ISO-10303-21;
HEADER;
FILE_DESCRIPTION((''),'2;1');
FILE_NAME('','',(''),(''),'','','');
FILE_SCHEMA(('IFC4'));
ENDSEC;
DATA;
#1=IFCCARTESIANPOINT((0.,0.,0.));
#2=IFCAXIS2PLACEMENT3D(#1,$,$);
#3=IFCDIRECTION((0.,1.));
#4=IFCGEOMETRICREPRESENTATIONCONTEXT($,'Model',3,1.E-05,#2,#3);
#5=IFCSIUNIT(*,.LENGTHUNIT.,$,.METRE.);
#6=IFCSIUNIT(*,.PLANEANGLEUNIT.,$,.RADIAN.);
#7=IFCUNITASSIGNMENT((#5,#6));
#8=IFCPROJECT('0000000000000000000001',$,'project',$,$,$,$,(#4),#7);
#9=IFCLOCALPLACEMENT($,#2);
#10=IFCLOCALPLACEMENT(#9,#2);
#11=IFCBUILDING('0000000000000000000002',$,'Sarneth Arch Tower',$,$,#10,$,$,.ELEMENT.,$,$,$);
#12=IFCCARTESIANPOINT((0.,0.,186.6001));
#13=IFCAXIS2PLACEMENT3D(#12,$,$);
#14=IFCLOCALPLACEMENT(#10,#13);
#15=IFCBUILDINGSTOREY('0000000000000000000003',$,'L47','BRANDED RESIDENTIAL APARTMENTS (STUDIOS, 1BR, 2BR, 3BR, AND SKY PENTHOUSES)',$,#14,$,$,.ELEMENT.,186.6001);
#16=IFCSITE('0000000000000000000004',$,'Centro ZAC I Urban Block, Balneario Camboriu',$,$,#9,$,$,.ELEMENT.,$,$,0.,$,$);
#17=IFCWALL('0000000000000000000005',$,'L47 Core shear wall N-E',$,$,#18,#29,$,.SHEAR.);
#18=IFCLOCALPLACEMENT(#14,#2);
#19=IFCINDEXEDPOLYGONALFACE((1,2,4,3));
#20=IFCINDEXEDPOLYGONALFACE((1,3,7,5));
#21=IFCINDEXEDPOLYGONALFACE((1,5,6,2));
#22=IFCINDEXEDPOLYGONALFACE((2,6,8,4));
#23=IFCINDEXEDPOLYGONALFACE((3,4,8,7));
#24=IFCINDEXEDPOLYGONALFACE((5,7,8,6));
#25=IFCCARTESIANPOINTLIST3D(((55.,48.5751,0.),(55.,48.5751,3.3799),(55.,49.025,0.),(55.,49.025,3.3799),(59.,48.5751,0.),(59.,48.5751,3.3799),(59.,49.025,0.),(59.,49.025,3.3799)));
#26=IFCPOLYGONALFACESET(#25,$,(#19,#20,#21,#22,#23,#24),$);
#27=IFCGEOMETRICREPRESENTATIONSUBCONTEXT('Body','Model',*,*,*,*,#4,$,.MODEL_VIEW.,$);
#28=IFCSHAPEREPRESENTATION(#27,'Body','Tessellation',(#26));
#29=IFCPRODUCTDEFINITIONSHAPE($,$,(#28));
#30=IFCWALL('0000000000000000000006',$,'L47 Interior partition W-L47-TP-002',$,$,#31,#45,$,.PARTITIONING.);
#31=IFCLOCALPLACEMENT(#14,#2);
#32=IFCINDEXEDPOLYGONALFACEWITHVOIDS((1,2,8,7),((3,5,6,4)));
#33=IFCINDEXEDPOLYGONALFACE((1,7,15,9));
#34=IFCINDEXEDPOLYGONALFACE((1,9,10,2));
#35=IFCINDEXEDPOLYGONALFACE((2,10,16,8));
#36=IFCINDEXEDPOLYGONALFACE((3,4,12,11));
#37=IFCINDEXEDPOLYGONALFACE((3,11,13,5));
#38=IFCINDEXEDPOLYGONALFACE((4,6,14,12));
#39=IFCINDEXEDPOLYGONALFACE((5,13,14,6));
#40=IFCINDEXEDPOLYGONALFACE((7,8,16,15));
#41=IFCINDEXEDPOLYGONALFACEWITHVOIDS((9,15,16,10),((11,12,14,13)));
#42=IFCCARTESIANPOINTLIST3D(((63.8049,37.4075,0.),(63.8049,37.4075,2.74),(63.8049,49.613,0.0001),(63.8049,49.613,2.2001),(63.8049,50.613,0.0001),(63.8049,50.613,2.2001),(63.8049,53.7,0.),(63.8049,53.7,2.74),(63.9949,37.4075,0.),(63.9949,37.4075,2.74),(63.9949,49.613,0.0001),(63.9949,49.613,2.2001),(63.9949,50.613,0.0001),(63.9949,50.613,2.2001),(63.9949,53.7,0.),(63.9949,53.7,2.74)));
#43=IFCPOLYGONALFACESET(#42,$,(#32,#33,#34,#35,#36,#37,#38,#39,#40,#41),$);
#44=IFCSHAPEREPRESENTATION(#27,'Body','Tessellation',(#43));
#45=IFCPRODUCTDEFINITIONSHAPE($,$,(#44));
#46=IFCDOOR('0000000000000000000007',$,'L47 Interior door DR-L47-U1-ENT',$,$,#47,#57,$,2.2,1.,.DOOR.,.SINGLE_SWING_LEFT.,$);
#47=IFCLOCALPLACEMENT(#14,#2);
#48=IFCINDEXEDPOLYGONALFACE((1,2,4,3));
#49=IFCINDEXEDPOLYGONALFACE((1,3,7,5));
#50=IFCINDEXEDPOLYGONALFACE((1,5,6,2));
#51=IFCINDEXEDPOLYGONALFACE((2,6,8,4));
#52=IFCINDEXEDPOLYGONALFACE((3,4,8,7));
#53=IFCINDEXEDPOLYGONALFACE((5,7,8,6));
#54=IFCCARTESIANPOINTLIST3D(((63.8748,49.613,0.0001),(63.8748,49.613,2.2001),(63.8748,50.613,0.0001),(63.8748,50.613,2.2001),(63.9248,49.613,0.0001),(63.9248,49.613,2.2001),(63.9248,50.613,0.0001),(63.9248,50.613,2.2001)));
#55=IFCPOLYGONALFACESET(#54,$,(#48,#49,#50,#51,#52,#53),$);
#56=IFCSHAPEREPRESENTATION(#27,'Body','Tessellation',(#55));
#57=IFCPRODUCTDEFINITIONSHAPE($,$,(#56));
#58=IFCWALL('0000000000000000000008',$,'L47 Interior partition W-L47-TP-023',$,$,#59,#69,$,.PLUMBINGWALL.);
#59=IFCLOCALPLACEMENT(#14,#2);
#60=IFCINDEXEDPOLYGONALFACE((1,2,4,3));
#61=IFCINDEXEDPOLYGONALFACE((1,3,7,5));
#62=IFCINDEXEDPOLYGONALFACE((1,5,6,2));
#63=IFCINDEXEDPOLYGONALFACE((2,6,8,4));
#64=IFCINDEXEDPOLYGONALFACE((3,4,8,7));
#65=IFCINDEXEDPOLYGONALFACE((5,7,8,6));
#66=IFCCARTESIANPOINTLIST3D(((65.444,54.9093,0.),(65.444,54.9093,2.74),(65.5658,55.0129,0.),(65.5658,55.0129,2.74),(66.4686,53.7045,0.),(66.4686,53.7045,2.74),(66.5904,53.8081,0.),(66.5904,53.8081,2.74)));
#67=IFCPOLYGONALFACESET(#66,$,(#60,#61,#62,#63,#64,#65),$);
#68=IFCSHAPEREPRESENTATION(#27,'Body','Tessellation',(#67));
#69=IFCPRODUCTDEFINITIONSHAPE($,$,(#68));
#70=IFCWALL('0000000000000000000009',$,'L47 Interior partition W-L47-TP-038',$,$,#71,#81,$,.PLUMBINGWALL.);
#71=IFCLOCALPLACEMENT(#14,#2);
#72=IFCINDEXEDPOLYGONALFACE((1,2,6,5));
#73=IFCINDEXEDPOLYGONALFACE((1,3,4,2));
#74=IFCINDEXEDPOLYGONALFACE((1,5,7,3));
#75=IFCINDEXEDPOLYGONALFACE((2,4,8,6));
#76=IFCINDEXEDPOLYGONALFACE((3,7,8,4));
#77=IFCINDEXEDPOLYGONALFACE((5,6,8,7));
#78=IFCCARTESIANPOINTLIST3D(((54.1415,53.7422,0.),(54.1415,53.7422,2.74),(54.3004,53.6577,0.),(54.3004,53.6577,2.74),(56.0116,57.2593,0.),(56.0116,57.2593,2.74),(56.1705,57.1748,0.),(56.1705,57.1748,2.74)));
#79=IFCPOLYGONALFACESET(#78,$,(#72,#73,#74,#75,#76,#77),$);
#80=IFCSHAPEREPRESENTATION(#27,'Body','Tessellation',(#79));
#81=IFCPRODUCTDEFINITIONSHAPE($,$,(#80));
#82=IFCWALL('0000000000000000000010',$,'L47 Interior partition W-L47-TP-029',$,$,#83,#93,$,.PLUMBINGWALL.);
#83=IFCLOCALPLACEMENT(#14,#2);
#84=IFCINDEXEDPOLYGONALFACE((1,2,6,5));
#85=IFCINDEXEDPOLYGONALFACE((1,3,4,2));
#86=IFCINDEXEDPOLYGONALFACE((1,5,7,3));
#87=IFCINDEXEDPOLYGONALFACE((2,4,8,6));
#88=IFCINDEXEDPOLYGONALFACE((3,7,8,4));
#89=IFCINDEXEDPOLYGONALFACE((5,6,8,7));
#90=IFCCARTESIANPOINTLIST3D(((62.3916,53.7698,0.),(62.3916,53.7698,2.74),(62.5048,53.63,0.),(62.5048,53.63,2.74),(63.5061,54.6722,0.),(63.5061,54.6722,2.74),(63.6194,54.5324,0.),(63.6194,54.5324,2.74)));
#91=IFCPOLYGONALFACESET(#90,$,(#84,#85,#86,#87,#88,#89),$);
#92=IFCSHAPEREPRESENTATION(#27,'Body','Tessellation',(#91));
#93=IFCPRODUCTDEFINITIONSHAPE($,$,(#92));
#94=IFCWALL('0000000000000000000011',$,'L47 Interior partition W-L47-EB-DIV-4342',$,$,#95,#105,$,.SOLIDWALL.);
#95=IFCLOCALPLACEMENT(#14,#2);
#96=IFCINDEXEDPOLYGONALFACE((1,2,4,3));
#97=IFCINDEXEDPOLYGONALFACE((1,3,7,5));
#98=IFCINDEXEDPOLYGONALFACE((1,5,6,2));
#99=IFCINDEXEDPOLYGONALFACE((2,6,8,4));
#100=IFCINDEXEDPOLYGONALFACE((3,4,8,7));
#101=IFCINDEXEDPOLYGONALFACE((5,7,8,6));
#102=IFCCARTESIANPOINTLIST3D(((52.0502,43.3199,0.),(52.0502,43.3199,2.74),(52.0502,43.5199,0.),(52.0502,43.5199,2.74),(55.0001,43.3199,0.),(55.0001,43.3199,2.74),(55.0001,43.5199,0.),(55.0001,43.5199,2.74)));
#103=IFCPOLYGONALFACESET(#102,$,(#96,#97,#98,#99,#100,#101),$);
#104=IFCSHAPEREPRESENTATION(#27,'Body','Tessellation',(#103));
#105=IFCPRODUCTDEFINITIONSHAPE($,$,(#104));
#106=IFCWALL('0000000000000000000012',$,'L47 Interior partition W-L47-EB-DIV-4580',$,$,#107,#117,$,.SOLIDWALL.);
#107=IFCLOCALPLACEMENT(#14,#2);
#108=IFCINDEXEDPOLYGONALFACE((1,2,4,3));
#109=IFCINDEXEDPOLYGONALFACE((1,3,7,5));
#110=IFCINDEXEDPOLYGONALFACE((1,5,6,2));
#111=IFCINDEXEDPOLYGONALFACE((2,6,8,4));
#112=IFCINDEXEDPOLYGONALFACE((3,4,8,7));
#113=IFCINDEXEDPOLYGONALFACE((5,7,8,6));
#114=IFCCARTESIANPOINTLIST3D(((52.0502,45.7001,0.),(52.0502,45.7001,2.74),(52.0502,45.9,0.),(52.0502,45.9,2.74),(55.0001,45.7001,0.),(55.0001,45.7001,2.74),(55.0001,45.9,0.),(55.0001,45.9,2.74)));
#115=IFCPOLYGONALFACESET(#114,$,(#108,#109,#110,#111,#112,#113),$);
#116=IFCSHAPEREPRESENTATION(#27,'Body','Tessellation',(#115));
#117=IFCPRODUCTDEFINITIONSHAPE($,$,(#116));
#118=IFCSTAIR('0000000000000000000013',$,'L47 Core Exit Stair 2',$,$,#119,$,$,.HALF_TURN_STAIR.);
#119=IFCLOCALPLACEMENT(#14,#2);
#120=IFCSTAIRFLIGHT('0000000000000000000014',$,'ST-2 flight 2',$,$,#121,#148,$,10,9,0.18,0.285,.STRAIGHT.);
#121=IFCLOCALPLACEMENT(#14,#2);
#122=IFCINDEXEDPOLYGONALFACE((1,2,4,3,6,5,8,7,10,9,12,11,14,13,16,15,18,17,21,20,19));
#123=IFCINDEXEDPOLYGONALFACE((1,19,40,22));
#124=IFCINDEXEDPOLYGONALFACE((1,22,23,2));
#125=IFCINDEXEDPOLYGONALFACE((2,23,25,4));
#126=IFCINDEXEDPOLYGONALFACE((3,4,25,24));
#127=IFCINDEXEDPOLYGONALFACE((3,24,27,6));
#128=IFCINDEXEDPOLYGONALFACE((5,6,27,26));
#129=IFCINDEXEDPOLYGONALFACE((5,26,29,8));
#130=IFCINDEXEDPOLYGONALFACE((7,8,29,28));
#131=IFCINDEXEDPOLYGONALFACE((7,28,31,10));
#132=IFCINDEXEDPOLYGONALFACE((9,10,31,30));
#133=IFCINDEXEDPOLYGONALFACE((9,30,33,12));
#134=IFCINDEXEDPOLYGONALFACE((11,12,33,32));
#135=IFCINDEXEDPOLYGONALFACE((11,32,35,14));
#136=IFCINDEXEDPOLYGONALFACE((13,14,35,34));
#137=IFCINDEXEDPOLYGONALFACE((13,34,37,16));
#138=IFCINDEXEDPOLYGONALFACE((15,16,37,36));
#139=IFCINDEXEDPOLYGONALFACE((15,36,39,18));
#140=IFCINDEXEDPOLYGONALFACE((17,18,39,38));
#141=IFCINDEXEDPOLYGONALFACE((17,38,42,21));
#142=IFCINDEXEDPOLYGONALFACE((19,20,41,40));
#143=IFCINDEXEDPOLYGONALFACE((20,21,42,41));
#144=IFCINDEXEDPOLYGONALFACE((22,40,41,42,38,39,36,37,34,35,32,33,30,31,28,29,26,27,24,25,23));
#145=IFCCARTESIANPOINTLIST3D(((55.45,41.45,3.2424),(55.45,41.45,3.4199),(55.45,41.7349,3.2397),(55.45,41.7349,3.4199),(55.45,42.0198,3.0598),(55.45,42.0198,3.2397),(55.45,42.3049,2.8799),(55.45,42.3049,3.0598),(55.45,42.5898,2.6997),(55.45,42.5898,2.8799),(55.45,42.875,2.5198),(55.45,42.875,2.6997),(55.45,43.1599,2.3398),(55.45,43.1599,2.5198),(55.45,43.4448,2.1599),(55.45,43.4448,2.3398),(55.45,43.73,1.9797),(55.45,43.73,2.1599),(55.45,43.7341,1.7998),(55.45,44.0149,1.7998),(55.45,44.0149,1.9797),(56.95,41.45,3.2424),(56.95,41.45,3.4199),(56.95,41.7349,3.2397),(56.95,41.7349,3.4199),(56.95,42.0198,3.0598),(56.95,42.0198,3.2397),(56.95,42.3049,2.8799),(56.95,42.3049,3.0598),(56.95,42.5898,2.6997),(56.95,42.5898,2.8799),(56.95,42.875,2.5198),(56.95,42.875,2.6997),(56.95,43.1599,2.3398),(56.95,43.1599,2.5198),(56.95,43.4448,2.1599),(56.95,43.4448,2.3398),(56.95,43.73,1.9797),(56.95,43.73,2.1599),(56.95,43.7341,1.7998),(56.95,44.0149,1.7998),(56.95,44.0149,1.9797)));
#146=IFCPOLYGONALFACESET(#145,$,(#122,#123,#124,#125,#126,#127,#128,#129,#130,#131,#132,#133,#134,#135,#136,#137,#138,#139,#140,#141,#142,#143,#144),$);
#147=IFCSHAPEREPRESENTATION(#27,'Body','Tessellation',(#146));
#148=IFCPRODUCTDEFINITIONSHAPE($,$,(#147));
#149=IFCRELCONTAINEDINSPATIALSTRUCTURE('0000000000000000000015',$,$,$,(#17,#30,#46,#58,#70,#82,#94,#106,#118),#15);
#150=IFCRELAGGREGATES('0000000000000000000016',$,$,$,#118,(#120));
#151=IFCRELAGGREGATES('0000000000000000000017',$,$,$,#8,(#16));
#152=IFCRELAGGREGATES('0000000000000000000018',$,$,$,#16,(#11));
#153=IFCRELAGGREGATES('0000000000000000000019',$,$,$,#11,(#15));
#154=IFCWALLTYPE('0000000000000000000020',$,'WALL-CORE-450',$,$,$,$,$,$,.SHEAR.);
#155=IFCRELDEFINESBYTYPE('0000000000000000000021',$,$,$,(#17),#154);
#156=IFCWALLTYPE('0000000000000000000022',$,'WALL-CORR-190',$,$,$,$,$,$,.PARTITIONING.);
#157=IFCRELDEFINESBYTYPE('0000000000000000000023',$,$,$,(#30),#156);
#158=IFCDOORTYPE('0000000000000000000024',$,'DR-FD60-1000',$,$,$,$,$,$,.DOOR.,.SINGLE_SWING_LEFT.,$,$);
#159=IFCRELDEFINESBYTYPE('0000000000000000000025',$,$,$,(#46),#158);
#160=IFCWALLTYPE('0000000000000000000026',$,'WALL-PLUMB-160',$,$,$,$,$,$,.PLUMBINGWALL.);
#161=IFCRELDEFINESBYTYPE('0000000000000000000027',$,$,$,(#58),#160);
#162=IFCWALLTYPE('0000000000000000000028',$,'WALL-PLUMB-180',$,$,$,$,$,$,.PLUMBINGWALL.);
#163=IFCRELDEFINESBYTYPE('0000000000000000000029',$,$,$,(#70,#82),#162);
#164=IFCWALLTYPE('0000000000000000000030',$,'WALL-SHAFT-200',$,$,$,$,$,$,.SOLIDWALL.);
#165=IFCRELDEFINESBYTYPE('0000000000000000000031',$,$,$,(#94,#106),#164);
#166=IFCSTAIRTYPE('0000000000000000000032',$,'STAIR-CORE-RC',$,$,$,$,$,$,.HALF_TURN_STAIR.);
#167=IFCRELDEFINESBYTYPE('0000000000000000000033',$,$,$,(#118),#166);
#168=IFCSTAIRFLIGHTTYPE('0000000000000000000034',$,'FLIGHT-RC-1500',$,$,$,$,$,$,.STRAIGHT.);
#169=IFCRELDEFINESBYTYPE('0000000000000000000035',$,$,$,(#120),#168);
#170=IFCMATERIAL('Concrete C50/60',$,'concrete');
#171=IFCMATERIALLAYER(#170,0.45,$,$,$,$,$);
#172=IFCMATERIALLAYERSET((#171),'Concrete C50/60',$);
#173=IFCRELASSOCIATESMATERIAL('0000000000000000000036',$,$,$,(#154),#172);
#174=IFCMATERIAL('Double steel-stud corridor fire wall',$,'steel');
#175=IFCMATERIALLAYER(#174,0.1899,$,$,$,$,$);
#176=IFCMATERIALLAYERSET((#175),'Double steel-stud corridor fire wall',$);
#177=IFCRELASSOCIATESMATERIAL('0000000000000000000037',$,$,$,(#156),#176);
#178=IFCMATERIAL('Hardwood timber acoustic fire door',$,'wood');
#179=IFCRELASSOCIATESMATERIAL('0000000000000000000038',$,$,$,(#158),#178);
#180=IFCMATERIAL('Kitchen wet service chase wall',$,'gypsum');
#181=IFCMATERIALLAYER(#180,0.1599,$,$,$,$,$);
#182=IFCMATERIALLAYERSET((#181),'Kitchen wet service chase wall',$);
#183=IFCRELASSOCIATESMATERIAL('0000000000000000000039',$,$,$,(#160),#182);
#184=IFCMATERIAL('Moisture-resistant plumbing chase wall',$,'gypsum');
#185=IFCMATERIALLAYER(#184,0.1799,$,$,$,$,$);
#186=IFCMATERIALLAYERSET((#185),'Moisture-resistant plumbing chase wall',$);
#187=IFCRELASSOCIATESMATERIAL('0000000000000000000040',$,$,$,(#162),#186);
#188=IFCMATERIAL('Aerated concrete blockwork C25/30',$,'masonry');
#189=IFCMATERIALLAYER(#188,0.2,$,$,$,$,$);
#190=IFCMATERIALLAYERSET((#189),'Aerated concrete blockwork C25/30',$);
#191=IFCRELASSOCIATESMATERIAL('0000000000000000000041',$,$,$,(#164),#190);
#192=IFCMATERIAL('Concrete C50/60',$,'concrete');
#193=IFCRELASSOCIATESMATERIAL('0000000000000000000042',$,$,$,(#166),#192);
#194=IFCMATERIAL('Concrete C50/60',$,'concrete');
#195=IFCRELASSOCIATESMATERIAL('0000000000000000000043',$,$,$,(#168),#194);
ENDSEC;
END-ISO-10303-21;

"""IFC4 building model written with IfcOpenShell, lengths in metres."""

from ifc_helpers import new_model, si_unit, direction, frame, frame_2d, origin, place, context, subcontext, project, spatial, polyline, rectangle, outline, extrude, material, layer, layer_set, type_object, element, fill, aggregate, save


model = new_model("IFC4")

# Units and contexts
model_context = context("Model", 3, precision=1e-05, world=origin(), true_north=direction((0.0, 1.0)))
body_context = subcontext(model_context, "Body", "Model", "MODEL_VIEW")
ifc_project = project(units=[si_unit("LENGTHUNIT", "METRE"), si_unit("PLANEANGLEUNIT", "RADIAN")], contexts=[model_context])

# Site, building, storey
site_placement = place(None, origin())
site = spatial("IfcSite", under=ifc_project, at=site_placement, Name="Centro ZAC I Urban Block, Balneario Camboriu", CompositionType="ELEMENT", RefElevation=0.0)
building_placement = place(site_placement, origin())
building = spatial("IfcBuilding", under=site, at=building_placement, Name="Sarneth Arch Tower", CompositionType="ELEMENT")
storey_placement = place(building_placement, frame((0.0, 0.0, 186.6001)))
storey = spatial("IfcBuildingStorey", under=building, at=storey_placement, Name="L47", Description="BRANDED RESIDENTIAL APARTMENTS (STUDIOS, 1BR, 2BR, 3BR, AND SKY PENTHOUSES)", CompositionType="ELEMENT", Elevation=186.6001)

# Wall
ifc_material_1 = material(Name="Concrete C50/60", Category="concrete")
ifc_layer_1 = layer(ifc_material_1, 0.45)
ifc_layer_set_1 = layer_set([ifc_layer_1], Name="Concrete C50/60")
wall_type_1 = type_object("IfcWallType", Name="WALL-CORE-450", PredefinedType="SHEAR", material=ifc_layer_set_1)
wall_1_placement = place(storey_placement, frame((55.0, 48.8, 0.0), z_axis=(0.0, 0.0, 1.0), x_axis=(1.0, 0.0, 0.0)))
element("IfcWall", 1, at=wall_1_placement, inside=storey, type_object=wall_type_1, Name="L47 Core shear wall N-E", PredefinedType="SHEAR", context=body_context, shape_type="SweptSolid", body=[
    extrude(rectangle(XDim=4.0, YDim=0.45, at=frame_2d((2.0, 0.0))), origin(), (0.0, 0.0, 1.0), 3.3799),
])

# Wall, opening, door
ifc_material_2 = material(Name="Double steel-stud corridor fire wall", Category="steel")
ifc_layer_2 = layer(ifc_material_2, 0.1899)
ifc_layer_set_2 = layer_set([ifc_layer_2], Name="Double steel-stud corridor fire wall")
wall_type_2 = type_object("IfcWallType", Name="WALL-CORR-190", PredefinedType="PARTITIONING", material=ifc_layer_set_2)
wall_2_placement = place(storey_placement, frame((63.8999, 53.7, 0.0), z_axis=(0.0, 0.0, 1.0), x_axis=(0.0, -1.0, 0.0)))
wall_2 = element("IfcWall", 2, at=wall_2_placement, inside=storey, type_object=wall_type_2, Name="L47 Interior partition W-L47-TP-002", PredefinedType="PARTITIONING", context=body_context, shape_type="SweptSolid", body=[
    extrude(rectangle(XDim=16.2925, YDim=0.1899, at=frame_2d((8.1462, 0.0))), origin(), (0.0, 0.0, 1.0), 2.74),
])
opening_placement = place(wall_2_placement, frame((3.0869, 0.0, 0.0)))
opening = element("IfcOpeningElement", 3, at=opening_placement, cuts=wall_2, PredefinedType="OPENING", context=body_context, shape_type="SweptSolid", body=[
    extrude(rectangle(XDim=1.0, YDim=2.2, at=frame_2d((0.5, 1.1001))), frame((0.0, 0.105, 0.0), z_axis=(0.0, -1.0, 0.0), x_axis=(1.0, 0.0, 0.0)), (0.0, 0.0, 1.0), 0.21),
])
ifc_material_3 = material(Name="Hardwood timber acoustic fire door", Category="wood")
door_type = type_object("IfcDoorType", Name="DR-FD60-1000", OperationType="SINGLE_SWING_LEFT", PredefinedType="DOOR", material=ifc_material_3)
door_placement = place(opening_placement, origin())
door = element("IfcDoor", 4, at=door_placement, inside=storey, type_object=door_type, Name="L47 Interior door DR-L47-U1-ENT", OperationType="SINGLE_SWING_LEFT", OverallHeight=2.2, OverallWidth=1.0, PredefinedType="DOOR", context=body_context, shape_type="SweptSolid", body=[
    extrude(rectangle(XDim=1.0, YDim=2.2, at=frame_2d((0.5, 1.1001))), frame((0.0, 0.0249, 0.0), z_axis=(0.0, -1.0, 0.0), x_axis=(1.0, 0.0, 0.0)), (0.0, 0.0, 1.0), 0.05),
])
fill(opening, door)

# Walls
ifc_material_4 = material(Name="Kitchen wet service chase wall", Category="gypsum")
ifc_layer_3 = layer(ifc_material_4, 0.1599)
ifc_layer_set_3 = layer_set([ifc_layer_3], Name="Kitchen wet service chase wall")
wall_type_3 = type_object("IfcWallType", Name="WALL-PLUMB-160", PredefinedType="PLUMBINGWALL", material=ifc_layer_set_3)
wall_3_placement = place(storey_placement, frame((66.5295, 53.7563, 0.0), z_axis=(0.0, 0.0, 1.0), x_axis=(-0.64785, 0.761768, 0.0)))
element("IfcWall", 5, at=wall_3_placement, inside=storey, type_object=wall_type_3, Name="L47 Interior partition W-L47-TP-023", PredefinedType="PLUMBINGWALL", context=body_context, shape_type="SweptSolid", body=[
    extrude(rectangle(XDim=1.5815, YDim=0.1599, at=frame_2d((0.7908, 0.0))), origin(), (0.0, 0.0, 1.0), 2.74),
])
ifc_material_5 = material(Name="Moisture-resistant plumbing chase wall", Category="gypsum")
ifc_layer_4 = layer(ifc_material_5, 0.1799)
ifc_layer_set_4 = layer_set([ifc_layer_4], Name="Moisture-resistant plumbing chase wall")
wall_type_4 = type_object("IfcWallType", Name="WALL-PLUMB-180", PredefinedType="PLUMBINGWALL", material=ifc_layer_set_4)
wall_4_placement = place(storey_placement, frame((54.2209, 53.7, 0.0), z_axis=(0.0, 0.0, 1.0), x_axis=(0.469481, 0.882943, 0.0)))
element("IfcWall", 6, at=wall_4_placement, inside=storey, type_object=wall_type_4, Name="L47 Interior partition W-L47-TP-038", PredefinedType="PLUMBINGWALL", context=body_context, shape_type="SweptSolid", body=[
    extrude(rectangle(XDim=3.9834, YDim=0.1799, at=frame_2d((1.9917, 0.0))), origin(), (0.0, 0.0, 1.0), 2.74),
])
wall_5_placement = place(storey_placement, frame((63.5627, 54.6023, 0.0), z_axis=(0.0, 0.0, 1.0), x_axis=(-0.777201, -0.629252, 0.0)))
element("IfcWall", 7, at=wall_5_placement, inside=storey, type_object=wall_type_4, Name="L47 Interior partition W-L47-TP-029", PredefinedType="PLUMBINGWALL", context=body_context, shape_type="SweptSolid", body=[
    extrude(rectangle(XDim=1.4341, YDim=0.1799, at=frame_2d((0.717, 0.0))), origin(), (0.0, 0.0, 1.0), 2.74),
])
ifc_material_6 = material(Name="Aerated concrete blockwork C25/30", Category="masonry")
ifc_layer_5 = layer(ifc_material_6, 0.2)
ifc_layer_set_5 = layer_set([ifc_layer_5], Name="Aerated concrete blockwork C25/30")
wall_type_5 = type_object("IfcWallType", Name="WALL-SHAFT-200", PredefinedType="SOLIDWALL", material=ifc_layer_set_5)
for number, where, z_axis, x_axis, name in (
    (8, (52.05, 43.4199, 0.0), (0.0, 0.0, 1.0), (1.0, 0.0, 0.0), "L47 Interior partition W-L47-EB-DIV-4342"),
    (9, (52.05, 45.8, 0.0), (0.0, 0.0, 1.0), (1.0, 0.0, 0.0), "L47 Interior partition W-L47-EB-DIV-4580"),
):
    element("IfcWall", number, at=place(storey_placement, frame(where, z_axis=z_axis, x_axis=x_axis)), inside=storey, type_object=wall_type_5, Name=name, PredefinedType="SOLIDWALL", context=body_context, shape_type="SweptSolid", body=[
        extrude(rectangle(XDim=2.95, YDim=0.2, at=frame_2d((1.4751, 0.0))), origin(), (0.0, 0.0, 1.0), 2.74),
    ])

# Stair, stair flight
ifc_material_7 = material(Name="Concrete C50/60", Category="concrete")
stair_type = type_object("IfcStairType", Name="STAIR-CORE-RC", PredefinedType="HALF_TURN_STAIR", material=ifc_material_7)
stair_placement = place(storey_placement, origin())
stair = element("IfcStair", 10, at=stair_placement, inside=storey, type_object=stair_type, Name="L47 Core Exit Stair 2", PredefinedType="HALF_TURN_STAIR")
ifc_material_8 = material(Name="Concrete C50/60", Category="concrete")
stair_flight_type = type_object("IfcStairFlightType", Name="FLIGHT-RC-1500", PredefinedType="STRAIGHT", material=ifc_material_8)
stair_flight_placement = place(storey_placement, frame((56.2, 44.0149, 1.7998), z_axis=(0.0, 0.0, 1.0), x_axis=(0.0, -1.0, 0.0)))
stair_flight = element("IfcStairFlight", 11, at=stair_flight_placement, type_object=stair_flight_type, Name="ST-2 flight 2", NumberOfRisers=10, NumberOfTreads=9, PredefinedType="STRAIGHT", RiserHeight=0.18, TreadLength=0.285, context=body_context, shape_type="SweptSolid", body=[
    extrude(outline(polyline([(0.0, 0.0), (0.0, 0.1799), (0.2849, 0.1799), (0.2849, 0.3601), (0.5701, 0.3601), (0.5701, 0.54), (0.855, 0.54), (0.855, 0.72), (1.1399, 0.72), (1.1399, 0.8999), (1.425, 0.8999), (1.425, 1.0801), (1.71, 1.0801), (1.71, 1.26), (1.9951, 1.26), (1.9951, 1.4399), (2.28, 1.4399), (2.28, 1.6201), (2.5649, 1.6201), (2.5649, 1.8), (2.5649, 1.4426), (0.2808, 0.0), (0.0, 0.0)])), frame((0.0, 0.75, 0.0), z_axis=(0.0, -1.0, 0.0), x_axis=(1.0, 0.0, 0.0)), (0.0, 0.0, 1.0), 1.5),
])
aggregate(stair, [stair_flight])

save(model, "model.ifc")
